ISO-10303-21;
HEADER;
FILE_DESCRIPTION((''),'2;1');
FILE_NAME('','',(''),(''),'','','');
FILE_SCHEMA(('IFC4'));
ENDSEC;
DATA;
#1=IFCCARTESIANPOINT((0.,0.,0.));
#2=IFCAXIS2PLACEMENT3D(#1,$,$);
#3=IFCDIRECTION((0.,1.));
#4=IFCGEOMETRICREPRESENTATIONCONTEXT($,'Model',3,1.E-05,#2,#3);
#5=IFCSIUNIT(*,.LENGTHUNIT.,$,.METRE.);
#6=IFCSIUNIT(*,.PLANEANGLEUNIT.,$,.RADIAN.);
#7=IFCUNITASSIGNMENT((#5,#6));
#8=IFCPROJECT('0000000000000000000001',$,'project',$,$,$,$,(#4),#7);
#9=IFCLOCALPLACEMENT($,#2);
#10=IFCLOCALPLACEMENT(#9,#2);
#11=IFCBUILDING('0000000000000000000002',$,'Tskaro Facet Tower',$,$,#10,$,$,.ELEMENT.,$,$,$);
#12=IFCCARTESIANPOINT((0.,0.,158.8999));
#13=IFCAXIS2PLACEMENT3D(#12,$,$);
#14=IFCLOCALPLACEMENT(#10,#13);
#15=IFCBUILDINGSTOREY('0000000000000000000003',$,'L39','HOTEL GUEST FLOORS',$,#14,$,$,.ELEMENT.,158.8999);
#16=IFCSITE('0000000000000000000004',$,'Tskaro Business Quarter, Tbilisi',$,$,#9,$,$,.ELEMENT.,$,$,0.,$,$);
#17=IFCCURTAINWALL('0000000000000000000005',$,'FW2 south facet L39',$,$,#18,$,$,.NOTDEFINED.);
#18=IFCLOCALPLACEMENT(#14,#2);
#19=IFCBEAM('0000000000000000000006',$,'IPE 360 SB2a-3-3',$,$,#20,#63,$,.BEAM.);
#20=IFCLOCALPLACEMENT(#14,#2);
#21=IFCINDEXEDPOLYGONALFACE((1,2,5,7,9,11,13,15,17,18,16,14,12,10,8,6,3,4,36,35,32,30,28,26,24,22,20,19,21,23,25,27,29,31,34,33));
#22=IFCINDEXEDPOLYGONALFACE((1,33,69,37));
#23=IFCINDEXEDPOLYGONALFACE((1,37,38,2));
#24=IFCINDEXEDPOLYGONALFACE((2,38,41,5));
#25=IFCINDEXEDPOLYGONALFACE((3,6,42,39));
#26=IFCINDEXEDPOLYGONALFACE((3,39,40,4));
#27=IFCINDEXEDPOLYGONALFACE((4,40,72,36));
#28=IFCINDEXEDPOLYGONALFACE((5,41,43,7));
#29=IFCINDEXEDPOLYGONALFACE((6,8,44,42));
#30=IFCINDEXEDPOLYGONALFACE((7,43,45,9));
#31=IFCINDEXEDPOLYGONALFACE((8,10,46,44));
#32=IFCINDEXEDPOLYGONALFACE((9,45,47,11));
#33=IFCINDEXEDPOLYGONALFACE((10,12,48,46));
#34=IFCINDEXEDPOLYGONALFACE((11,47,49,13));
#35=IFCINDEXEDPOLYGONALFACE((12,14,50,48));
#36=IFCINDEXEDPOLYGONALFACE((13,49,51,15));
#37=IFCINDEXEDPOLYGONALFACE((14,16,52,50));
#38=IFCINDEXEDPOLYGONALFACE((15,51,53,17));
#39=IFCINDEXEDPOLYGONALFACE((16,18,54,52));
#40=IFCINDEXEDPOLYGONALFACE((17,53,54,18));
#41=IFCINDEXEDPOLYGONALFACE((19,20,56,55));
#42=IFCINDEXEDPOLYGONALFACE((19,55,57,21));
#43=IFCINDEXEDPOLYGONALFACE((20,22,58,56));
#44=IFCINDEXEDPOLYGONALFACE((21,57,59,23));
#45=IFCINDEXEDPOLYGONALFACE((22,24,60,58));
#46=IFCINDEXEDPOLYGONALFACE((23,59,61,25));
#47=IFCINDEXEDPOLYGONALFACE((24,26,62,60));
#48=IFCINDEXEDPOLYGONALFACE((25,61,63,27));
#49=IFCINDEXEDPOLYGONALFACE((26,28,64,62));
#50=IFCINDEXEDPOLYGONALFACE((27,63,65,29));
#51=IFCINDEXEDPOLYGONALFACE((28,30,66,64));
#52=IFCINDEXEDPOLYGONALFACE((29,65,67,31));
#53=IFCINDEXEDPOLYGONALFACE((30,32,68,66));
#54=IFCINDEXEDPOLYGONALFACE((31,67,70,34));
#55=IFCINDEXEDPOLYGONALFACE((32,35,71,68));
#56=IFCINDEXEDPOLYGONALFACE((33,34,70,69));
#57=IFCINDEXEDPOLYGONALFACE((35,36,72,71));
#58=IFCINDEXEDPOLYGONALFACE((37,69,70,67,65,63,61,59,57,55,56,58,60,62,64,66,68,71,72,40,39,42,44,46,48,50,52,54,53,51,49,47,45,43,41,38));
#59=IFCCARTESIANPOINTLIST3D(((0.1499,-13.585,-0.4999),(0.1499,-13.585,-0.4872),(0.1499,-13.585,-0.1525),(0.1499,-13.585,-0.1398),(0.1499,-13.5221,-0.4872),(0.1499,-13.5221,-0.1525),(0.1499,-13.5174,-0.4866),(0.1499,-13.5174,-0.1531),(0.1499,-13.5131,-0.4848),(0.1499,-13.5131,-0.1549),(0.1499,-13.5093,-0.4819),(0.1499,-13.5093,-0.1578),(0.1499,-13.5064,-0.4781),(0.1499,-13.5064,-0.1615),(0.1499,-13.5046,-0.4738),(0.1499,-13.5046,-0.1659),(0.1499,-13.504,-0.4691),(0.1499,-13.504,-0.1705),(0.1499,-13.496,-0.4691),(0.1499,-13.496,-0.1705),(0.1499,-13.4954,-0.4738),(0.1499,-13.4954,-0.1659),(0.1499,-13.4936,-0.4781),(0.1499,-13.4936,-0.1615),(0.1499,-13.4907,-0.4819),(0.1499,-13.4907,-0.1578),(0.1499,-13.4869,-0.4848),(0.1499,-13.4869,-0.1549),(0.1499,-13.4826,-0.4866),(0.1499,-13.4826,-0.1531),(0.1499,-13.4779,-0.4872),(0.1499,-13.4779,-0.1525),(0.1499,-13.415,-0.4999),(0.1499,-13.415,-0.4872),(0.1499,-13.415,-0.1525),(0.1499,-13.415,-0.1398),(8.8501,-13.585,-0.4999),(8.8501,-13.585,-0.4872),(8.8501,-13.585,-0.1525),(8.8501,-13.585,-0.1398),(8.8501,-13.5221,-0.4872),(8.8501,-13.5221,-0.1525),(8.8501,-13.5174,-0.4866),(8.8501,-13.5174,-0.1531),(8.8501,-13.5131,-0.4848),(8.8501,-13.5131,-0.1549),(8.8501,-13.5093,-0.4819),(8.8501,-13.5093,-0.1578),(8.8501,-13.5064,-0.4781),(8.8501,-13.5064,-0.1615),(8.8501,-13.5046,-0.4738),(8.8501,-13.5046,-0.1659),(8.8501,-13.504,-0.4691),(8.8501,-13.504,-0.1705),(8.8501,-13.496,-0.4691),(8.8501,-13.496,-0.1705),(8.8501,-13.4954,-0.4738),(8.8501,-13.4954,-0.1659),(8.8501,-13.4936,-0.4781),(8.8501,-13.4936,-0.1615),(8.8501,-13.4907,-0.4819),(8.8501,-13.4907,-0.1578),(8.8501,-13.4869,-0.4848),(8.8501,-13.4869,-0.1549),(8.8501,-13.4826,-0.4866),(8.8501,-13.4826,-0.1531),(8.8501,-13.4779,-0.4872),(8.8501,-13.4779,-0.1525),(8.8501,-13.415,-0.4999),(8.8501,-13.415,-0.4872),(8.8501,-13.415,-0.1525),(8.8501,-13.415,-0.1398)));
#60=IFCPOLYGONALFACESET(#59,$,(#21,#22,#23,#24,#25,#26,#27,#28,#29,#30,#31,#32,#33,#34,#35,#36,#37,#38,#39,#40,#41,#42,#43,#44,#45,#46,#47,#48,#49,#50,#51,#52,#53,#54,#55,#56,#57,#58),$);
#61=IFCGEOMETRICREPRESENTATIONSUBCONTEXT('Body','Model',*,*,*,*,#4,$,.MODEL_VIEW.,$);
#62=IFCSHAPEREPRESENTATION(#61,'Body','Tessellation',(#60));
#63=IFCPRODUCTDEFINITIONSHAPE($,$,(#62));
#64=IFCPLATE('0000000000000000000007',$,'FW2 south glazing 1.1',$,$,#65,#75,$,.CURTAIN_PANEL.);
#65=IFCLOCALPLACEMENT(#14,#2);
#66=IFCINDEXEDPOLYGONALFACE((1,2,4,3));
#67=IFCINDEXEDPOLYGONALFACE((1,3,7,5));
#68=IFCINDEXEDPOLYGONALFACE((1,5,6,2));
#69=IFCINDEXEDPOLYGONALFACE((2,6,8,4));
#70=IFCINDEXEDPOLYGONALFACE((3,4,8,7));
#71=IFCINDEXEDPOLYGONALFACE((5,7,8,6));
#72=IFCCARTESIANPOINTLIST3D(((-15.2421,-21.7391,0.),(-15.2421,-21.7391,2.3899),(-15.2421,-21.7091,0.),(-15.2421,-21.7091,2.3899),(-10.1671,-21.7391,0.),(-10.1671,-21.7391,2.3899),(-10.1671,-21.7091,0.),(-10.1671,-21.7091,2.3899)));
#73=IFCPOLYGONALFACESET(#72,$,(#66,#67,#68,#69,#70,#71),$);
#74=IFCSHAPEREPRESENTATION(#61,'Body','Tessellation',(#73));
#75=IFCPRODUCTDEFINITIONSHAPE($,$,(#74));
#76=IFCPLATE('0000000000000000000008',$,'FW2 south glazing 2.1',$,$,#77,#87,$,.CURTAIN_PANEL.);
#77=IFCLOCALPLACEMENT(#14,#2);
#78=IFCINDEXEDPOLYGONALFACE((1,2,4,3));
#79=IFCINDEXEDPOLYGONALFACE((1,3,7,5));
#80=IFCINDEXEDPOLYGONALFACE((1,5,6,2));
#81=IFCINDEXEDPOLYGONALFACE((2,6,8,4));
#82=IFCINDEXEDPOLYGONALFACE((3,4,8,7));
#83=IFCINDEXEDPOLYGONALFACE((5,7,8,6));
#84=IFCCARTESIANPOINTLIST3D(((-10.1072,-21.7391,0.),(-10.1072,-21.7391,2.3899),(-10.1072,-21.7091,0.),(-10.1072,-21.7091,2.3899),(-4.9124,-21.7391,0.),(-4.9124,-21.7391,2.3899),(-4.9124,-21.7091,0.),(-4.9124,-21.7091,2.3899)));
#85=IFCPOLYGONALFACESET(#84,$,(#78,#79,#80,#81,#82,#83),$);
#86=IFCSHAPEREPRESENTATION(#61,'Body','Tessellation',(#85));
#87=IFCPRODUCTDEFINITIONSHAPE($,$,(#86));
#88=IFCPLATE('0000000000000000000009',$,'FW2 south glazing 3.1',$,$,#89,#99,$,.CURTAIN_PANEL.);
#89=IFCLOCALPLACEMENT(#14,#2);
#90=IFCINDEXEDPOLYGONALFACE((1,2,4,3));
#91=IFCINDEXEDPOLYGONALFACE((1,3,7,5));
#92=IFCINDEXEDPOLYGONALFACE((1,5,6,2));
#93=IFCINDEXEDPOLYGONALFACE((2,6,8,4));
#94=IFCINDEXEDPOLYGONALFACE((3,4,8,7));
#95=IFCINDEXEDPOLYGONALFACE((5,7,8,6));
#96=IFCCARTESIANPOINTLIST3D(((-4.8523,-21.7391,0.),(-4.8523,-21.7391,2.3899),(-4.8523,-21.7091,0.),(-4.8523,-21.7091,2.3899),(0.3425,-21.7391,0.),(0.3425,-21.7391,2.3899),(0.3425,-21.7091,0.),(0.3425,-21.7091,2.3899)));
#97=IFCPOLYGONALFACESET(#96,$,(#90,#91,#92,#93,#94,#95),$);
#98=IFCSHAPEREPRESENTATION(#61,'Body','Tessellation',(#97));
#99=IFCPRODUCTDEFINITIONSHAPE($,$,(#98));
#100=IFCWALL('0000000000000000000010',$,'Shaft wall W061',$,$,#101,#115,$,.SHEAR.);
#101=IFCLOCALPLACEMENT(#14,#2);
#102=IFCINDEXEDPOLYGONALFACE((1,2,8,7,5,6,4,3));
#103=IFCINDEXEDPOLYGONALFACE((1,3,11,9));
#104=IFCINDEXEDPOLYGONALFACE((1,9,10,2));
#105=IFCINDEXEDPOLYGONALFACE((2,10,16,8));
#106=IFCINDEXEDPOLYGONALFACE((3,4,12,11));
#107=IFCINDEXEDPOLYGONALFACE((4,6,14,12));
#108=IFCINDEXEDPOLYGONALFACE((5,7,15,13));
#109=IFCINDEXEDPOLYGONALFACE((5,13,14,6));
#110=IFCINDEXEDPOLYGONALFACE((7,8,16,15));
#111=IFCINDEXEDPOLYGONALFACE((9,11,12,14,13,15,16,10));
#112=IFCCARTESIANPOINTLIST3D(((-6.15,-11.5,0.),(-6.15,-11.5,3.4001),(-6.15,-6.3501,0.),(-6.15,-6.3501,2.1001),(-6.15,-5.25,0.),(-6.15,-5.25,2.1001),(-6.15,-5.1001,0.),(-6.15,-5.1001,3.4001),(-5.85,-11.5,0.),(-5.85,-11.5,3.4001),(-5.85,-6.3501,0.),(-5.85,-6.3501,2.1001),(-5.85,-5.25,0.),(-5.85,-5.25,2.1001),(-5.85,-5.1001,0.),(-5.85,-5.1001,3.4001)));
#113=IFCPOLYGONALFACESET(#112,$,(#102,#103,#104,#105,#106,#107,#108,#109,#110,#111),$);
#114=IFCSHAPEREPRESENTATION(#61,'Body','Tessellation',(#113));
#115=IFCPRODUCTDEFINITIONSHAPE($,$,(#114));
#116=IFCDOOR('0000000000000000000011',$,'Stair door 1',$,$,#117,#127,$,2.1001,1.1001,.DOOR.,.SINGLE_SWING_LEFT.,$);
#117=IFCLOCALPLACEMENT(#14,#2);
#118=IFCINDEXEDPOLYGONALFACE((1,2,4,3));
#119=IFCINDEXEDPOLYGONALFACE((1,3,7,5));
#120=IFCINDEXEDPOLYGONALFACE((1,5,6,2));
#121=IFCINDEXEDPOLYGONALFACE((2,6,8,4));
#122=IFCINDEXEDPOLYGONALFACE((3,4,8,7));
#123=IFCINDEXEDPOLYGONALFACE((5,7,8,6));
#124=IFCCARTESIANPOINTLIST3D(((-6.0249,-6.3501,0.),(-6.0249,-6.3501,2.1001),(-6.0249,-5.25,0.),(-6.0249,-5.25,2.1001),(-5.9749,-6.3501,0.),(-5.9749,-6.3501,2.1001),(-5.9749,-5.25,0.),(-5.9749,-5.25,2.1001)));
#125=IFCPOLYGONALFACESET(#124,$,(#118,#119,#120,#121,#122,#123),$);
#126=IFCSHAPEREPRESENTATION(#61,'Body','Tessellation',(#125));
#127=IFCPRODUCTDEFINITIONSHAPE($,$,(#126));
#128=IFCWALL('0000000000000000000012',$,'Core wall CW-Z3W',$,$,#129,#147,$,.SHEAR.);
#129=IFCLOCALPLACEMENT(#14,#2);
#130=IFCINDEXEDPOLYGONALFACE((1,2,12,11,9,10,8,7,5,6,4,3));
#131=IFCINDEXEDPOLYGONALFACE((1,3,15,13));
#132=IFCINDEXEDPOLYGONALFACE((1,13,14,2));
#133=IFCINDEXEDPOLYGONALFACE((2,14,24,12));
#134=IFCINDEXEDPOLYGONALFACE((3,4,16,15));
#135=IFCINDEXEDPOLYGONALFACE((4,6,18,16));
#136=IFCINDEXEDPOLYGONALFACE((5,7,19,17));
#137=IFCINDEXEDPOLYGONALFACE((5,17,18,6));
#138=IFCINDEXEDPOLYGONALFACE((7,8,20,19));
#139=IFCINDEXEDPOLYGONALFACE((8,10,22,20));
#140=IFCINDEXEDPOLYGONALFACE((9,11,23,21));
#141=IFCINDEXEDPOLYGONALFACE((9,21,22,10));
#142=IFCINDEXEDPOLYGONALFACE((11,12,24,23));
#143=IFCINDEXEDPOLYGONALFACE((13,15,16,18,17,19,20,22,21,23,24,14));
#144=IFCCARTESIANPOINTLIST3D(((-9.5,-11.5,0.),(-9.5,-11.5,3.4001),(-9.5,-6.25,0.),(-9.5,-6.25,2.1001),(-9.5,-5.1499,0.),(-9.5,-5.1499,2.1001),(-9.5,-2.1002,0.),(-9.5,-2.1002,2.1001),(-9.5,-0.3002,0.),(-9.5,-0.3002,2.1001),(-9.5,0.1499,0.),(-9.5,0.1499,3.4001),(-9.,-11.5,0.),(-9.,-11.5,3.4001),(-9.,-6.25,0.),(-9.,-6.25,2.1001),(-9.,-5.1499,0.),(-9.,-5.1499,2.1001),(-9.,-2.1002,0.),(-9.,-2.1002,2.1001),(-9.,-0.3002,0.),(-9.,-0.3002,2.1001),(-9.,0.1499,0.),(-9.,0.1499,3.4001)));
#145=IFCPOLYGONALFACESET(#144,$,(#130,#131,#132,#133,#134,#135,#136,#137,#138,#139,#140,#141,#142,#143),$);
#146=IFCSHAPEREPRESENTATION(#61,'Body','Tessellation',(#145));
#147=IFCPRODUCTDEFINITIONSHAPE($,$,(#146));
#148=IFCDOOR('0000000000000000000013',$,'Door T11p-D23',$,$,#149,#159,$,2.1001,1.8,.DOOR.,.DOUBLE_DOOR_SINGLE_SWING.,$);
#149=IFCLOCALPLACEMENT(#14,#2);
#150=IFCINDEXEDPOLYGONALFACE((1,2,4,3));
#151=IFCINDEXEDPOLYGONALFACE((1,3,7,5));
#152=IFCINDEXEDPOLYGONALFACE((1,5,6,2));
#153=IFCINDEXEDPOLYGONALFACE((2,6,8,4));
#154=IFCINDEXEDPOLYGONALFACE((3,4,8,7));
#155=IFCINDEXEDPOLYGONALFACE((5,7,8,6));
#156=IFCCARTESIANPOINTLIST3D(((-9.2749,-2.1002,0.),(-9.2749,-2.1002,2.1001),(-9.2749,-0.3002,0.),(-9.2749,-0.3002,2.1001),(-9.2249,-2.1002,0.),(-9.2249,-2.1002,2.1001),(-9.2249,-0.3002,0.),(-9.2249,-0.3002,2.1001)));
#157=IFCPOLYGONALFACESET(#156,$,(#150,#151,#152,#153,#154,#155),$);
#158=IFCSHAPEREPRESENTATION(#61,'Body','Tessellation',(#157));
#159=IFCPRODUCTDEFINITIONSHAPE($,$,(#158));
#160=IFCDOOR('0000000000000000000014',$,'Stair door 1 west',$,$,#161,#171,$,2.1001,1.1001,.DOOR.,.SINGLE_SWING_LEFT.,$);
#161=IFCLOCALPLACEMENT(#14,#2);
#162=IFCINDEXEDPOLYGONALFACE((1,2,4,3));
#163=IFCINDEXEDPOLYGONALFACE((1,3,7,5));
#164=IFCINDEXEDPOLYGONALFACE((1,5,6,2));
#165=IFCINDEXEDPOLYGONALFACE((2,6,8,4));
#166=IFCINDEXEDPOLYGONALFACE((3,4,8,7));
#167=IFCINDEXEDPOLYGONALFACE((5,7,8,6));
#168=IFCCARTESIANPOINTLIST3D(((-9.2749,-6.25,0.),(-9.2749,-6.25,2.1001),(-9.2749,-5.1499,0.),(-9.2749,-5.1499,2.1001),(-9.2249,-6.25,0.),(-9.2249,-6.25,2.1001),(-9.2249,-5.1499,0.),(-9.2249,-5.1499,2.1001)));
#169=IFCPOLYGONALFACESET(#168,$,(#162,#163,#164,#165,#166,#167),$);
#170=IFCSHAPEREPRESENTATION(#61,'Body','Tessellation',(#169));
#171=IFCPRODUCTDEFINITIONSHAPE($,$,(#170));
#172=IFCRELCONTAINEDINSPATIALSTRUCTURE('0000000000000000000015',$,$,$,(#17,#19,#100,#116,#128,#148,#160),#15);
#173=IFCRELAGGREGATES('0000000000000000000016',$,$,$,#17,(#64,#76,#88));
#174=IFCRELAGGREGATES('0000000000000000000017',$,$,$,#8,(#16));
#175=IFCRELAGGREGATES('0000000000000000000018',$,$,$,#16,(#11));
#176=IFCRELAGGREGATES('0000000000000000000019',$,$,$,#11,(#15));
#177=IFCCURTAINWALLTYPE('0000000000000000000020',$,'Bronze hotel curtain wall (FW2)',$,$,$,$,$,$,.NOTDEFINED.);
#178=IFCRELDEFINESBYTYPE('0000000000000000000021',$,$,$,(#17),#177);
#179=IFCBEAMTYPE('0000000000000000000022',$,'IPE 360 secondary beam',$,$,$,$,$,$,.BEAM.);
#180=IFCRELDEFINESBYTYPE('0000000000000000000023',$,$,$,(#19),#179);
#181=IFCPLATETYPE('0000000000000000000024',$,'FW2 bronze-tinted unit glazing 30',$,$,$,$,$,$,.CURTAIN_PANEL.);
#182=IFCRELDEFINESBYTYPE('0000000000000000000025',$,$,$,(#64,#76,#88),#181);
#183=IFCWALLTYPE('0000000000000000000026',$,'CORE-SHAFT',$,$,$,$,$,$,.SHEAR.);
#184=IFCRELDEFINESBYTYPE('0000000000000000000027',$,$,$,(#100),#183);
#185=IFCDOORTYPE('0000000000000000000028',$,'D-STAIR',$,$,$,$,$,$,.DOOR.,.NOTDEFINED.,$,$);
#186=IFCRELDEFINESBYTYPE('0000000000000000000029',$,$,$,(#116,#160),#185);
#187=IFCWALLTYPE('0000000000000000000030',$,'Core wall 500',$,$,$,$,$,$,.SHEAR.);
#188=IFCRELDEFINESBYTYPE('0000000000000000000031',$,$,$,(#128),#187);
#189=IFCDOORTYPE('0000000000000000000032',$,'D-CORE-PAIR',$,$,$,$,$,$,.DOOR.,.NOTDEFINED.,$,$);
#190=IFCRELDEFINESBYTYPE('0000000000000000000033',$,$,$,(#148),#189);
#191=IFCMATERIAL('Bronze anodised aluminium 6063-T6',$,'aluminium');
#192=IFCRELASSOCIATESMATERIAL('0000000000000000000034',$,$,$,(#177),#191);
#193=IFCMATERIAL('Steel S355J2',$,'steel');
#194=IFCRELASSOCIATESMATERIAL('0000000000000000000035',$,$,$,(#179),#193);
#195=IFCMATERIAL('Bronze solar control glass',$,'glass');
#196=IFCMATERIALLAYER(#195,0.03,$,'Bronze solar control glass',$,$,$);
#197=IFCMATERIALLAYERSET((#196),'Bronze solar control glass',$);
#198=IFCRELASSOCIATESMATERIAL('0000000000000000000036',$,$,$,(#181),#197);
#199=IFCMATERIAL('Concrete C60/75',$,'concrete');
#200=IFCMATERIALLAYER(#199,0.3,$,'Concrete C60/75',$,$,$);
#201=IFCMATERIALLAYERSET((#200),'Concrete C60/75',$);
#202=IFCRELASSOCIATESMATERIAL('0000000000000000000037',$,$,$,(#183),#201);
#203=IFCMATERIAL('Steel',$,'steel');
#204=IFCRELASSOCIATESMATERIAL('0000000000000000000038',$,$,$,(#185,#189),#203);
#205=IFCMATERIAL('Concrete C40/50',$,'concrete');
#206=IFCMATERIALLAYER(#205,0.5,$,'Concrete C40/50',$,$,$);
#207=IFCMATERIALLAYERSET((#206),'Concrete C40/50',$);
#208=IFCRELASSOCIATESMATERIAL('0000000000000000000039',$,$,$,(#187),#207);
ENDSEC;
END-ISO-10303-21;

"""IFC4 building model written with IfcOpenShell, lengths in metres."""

from ifc_helpers import new_model, si_unit, direction, frame, frame_2d, origin, origin_2d, place, context, subcontext, project, spatial, rectangle, i_section, extrude, material, layer, layer_set, material_profile, profile_set, type_object, element, fill, aggregate, save


model = new_model("IFC4")

# Units and contexts
model_context = context("Model", 3, precision=1e-05, world=origin(), true_north=direction((0.0, 1.0)))
body_context = subcontext(model_context, "Body", "Model", "MODEL_VIEW")
ifc_project = project(units=[si_unit("LENGTHUNIT", "METRE"), si_unit("PLANEANGLEUNIT", "RADIAN")], contexts=[model_context])

# Site, building, storey
site_placement = place(None, origin())
site = spatial("IfcSite", under=ifc_project, at=site_placement, Name="Tskaro Business Quarter, Tbilisi", CompositionType="ELEMENT", RefElevation=0.0)
building_placement = place(site_placement, origin())
building = spatial("IfcBuilding", under=site, at=building_placement, Name="Tskaro Facet Tower", CompositionType="ELEMENT")
storey_placement = place(building_placement, frame((0.0, 0.0, 158.8999)))
storey = spatial("IfcBuildingStorey", under=building, at=storey_placement, Name="L39", Description="HOTEL GUEST FLOORS", CompositionType="ELEMENT", Elevation=158.8999)

# Curtain wall
ifc_material_1 = material(Name="Bronze anodised aluminium 6063-T6", Category="aluminium")
curtain_wall_type = type_object("IfcCurtainWallType", Name="Bronze hotel curtain wall (FW2)", PredefinedType="NOTDEFINED", material=ifc_material_1)
curtain_wall_placement = place(storey_placement, origin())
curtain_wall = element("IfcCurtainWall", 1, at=curtain_wall_placement, inside=storey, type_object=curtain_wall_type, Name="FW2 south facet L39", PredefinedType="NOTDEFINED")

# Beam
ifc_material_2 = material(Name="Steel S355J2", Category="steel")
ifc_material_profile_1 = material_profile(ifc_material_2, i_section(OverallWidth=0.1699, OverallDepth=0.3601, WebThickness=0.0081, FlangeThickness=0.0127, FilletRadius=0.0181, at=origin_2d()), Name="IPE 360")
ifc_profile_set_1 = profile_set([ifc_material_profile_1], Name="Steel S355J2")
beam_type_1 = type_object("IfcBeamType", Name="IPE 360 secondary beam", PredefinedType="BEAM", material=ifc_profile_set_1)
for number, where, z_axis, x_axis, name in (
    (2, (0.1499, -13.5, -0.3198), (1.0, 0.0, 0.0), (0.0, 1.0, 0.0), "IPE 360 SB2a-3-3"),
):
    element("IfcBeam", number, at=place(storey_placement, frame(where, z_axis=z_axis, x_axis=x_axis)), inside=storey, type_object=beam_type_1, Name=name, PredefinedType="BEAM", context=body_context, shape_type="SweptSolid", body=[
        extrude(i_section(OverallWidth=0.1699, OverallDepth=0.3601, WebThickness=0.0081, FlangeThickness=0.0127, FilletRadius=0.0181, at=origin_2d()), origin(), (0.0, 0.0, 1.0), 8.7002),
    ])

# Plates
ifc_material_3 = material(Name="Bronze solar control glass", Category="glass")
ifc_layer_1 = layer(ifc_material_3, 0.03, Name="Bronze solar control glass")
ifc_layer_set_1 = layer_set([ifc_layer_1], Name="Bronze solar control glass")
plate_type = type_object("IfcPlateType", Name="FW2 bronze-tinted unit glazing 30", PredefinedType="CURTAIN_PANEL", material=ifc_layer_set_1)
plate_1_placement = place(storey_placement, frame((-12.7046, -21.7241, 0.0), z_axis=(0.0, 0.0, 1.0), x_axis=(1.0, 0.0, 0.0)))
plate_1 = element("IfcPlate", 3, at=plate_1_placement, type_object=plate_type, Name="FW2 south glazing 1.1", PredefinedType="CURTAIN_PANEL", context=body_context, shape_type="SweptSolid", body=[
    extrude(rectangle(XDim=5.075, YDim=0.03, at=origin_2d()), origin(), (0.0, 0.0, 1.0), 2.3899),
])
plate_2_placement = place(storey_placement, frame((-7.5098, -21.7241, 0.0), z_axis=(0.0, 0.0, 1.0), x_axis=(1.0, 0.0, 0.0)))
plate_2 = element("IfcPlate", 4, at=plate_2_placement, type_object=plate_type, Name="FW2 south glazing 2.1", PredefinedType="CURTAIN_PANEL", context=body_context, shape_type="SweptSolid", body=[
    extrude(rectangle(XDim=5.1948, YDim=0.03, at=origin_2d()), origin(), (0.0, 0.0, 1.0), 2.3899),
])
plate_3_placement = place(storey_placement, frame((-2.2549, -21.7241, 0.0), z_axis=(0.0, 0.0, 1.0), x_axis=(1.0, 0.0, 0.0)))
plate_3 = element("IfcPlate", 5, at=plate_3_placement, type_object=plate_type, Name="FW2 south glazing 3.1", PredefinedType="CURTAIN_PANEL", context=body_context, shape_type="SweptSolid", body=[
    extrude(rectangle(XDim=5.1948, YDim=0.03, at=origin_2d()), origin(), (0.0, 0.0, 1.0), 2.3899),
])
aggregate(curtain_wall, [plate_1, plate_2, plate_3])

# Wall, opening, door
ifc_material_4 = material(Name="Concrete C60/75", Category="concrete")
ifc_layer_2 = layer(ifc_material_4, 0.3, Name="Concrete C60/75")
ifc_layer_set_2 = layer_set([ifc_layer_2], Name="Concrete C60/75")
wall_type_1 = type_object("IfcWallType", Name="CORE-SHAFT", PredefinedType="SHEAR", material=ifc_layer_set_2)
wall_1_placement = place(storey_placement, frame((-6.0, -11.5, 0.0), z_axis=(0.0, 0.0, 1.0), x_axis=(0.0, 1.0, 0.0)))
wall_1 = element("IfcWall", 6, at=wall_1_placement, inside=storey, type_object=wall_type_1, Name="Shaft wall W061", PredefinedType="SHEAR", context=body_context, shape_type="SweptSolid", body=[
    extrude(rectangle(XDim=6.3999, YDim=0.3, at=frame_2d((3.2, 0.0))), origin(), (0.0, 0.0, 1.0), 3.4001),
])
opening_1_placement = place(wall_1_placement, frame((5.1499, 0.0, 0.0)))
opening_1 = element("IfcOpeningElement", 7, at=opening_1_placement, cuts=wall_1, PredefinedType="OPENING", context=body_context, shape_type="SweptSolid", body=[
    extrude(rectangle(XDim=1.1001, YDim=2.1001, at=frame_2d((0.55, 1.05))), frame((0.0, 0.1599, 0.0), z_axis=(0.0, -1.0, 0.0), x_axis=(1.0, 0.0, 0.0)), (0.0, 0.0, 1.0), 0.3201),
])
ifc_material_5 = material(Name="Steel", Category="steel")
door_type_1 = type_object("IfcDoorType", Name="D-STAIR", OperationType="NOTDEFINED", PredefinedType="DOOR", material=ifc_material_5)
door_1_placement = place(opening_1_placement, origin())
door_1 = element("IfcDoor", 8, at=door_1_placement, inside=storey, type_object=door_type_1, Name="Stair door 1", OperationType="SINGLE_SWING_LEFT", OverallHeight=2.1001, OverallWidth=1.1001, PredefinedType="DOOR", context=body_context, shape_type="SweptSolid", body=[
    extrude(rectangle(XDim=1.1001, YDim=2.1001, at=frame_2d((0.55, 1.05))), frame((0.0, 0.0249, 0.0), z_axis=(0.0, -1.0, 0.0), x_axis=(1.0, 0.0, 0.0)), (0.0, 0.0, 1.0), 0.05),
])
fill(opening_1, door_1)

# Wall, openings, doors
ifc_material_6 = material(Name="Concrete C40/50", Category="concrete")
ifc_layer_3 = layer(ifc_material_6, 0.5, Name="Concrete C40/50")
ifc_layer_set_3 = layer_set([ifc_layer_3], Name="Concrete C40/50")
wall_type_2 = type_object("IfcWallType", Name="Core wall 500", PredefinedType="SHEAR", material=ifc_layer_set_3)
wall_2_placement = place(storey_placement, frame((-9.25, -11.5, 0.0), z_axis=(0.0, 0.0, 1.0), x_axis=(0.0, 1.0, 0.0)))
wall_2 = element("IfcWall", 9, at=wall_2_placement, inside=storey, type_object=wall_type_2, Name="Core wall CW-Z3W", PredefinedType="SHEAR", context=body_context, shape_type="SweptSolid", body=[
    extrude(rectangle(XDim=11.6499, YDim=0.5, at=frame_2d((5.825, 0.0))), origin(), (0.0, 0.0, 1.0), 3.4001),
])
opening_2_placement = place(wall_2_placement, frame((9.3999, 0.0, 0.0)))
opening_2 = element("IfcOpeningElement", 10, at=opening_2_placement, cuts=wall_2, PredefinedType="OPENING", context=body_context, shape_type="SweptSolid", body=[
    extrude(rectangle(XDim=1.8, YDim=2.1001, at=frame_2d((0.8999, 1.05))), frame((0.0, 0.26, 0.0), z_axis=(0.0, -1.0, 0.0), x_axis=(1.0, 0.0, 0.0)), (0.0, 0.0, 1.0), 0.52),
])
opening_3_placement = place(wall_2_placement, frame((5.25, 0.0, 0.0)))
opening_3 = element("IfcOpeningElement", 11, at=opening_3_placement, cuts=wall_2, PredefinedType="OPENING", context=body_context, shape_type="SweptSolid", body=[
    extrude(rectangle(XDim=1.1001, YDim=2.1001, at=frame_2d((0.55, 1.05))), frame((0.0, 0.26, 0.0), z_axis=(0.0, -1.0, 0.0), x_axis=(1.0, 0.0, 0.0)), (0.0, 0.0, 1.0), 0.52),
])
door_type_2 = type_object("IfcDoorType", Name="D-CORE-PAIR", OperationType="NOTDEFINED", PredefinedType="DOOR", material=ifc_material_5)
door_2_placement = place(opening_2_placement, origin())
door_2 = element("IfcDoor", 12, at=door_2_placement, inside=storey, type_object=door_type_2, Name="Door T11p-D23", OperationType="DOUBLE_DOOR_SINGLE_SWING", OverallHeight=2.1001, OverallWidth=1.8, PredefinedType="DOOR", context=body_context, shape_type="SweptSolid", body=[
    extrude(rectangle(XDim=1.8, YDim=2.1001, at=frame_2d((0.8999, 1.05))), frame((0.0, 0.0249, 0.0), z_axis=(0.0, -1.0, 0.0), x_axis=(1.0, 0.0, 0.0)), (0.0, 0.0, 1.0), 0.05),
])
fill(opening_2, door_2)
door_3_placement = place(opening_3_placement, origin())
door_3 = element("IfcDoor", 13, at=door_3_placement, inside=storey, type_object=door_type_1, Name="Stair door 1 west", OperationType="SINGLE_SWING_LEFT", OverallHeight=2.1001, OverallWidth=1.1001, PredefinedType="DOOR", context=body_context, shape_type="SweptSolid", body=[
    extrude(rectangle(XDim=1.1001, YDim=2.1001, at=frame_2d((0.55, 1.05))), frame((0.0, 0.0249, 0.0), z_axis=(0.0, -1.0, 0.0), x_axis=(1.0, 0.0, 0.0)), (0.0, 0.0, 1.0), 0.05),
])
fill(opening_3, door_3)

save(model, "model.ifc")
